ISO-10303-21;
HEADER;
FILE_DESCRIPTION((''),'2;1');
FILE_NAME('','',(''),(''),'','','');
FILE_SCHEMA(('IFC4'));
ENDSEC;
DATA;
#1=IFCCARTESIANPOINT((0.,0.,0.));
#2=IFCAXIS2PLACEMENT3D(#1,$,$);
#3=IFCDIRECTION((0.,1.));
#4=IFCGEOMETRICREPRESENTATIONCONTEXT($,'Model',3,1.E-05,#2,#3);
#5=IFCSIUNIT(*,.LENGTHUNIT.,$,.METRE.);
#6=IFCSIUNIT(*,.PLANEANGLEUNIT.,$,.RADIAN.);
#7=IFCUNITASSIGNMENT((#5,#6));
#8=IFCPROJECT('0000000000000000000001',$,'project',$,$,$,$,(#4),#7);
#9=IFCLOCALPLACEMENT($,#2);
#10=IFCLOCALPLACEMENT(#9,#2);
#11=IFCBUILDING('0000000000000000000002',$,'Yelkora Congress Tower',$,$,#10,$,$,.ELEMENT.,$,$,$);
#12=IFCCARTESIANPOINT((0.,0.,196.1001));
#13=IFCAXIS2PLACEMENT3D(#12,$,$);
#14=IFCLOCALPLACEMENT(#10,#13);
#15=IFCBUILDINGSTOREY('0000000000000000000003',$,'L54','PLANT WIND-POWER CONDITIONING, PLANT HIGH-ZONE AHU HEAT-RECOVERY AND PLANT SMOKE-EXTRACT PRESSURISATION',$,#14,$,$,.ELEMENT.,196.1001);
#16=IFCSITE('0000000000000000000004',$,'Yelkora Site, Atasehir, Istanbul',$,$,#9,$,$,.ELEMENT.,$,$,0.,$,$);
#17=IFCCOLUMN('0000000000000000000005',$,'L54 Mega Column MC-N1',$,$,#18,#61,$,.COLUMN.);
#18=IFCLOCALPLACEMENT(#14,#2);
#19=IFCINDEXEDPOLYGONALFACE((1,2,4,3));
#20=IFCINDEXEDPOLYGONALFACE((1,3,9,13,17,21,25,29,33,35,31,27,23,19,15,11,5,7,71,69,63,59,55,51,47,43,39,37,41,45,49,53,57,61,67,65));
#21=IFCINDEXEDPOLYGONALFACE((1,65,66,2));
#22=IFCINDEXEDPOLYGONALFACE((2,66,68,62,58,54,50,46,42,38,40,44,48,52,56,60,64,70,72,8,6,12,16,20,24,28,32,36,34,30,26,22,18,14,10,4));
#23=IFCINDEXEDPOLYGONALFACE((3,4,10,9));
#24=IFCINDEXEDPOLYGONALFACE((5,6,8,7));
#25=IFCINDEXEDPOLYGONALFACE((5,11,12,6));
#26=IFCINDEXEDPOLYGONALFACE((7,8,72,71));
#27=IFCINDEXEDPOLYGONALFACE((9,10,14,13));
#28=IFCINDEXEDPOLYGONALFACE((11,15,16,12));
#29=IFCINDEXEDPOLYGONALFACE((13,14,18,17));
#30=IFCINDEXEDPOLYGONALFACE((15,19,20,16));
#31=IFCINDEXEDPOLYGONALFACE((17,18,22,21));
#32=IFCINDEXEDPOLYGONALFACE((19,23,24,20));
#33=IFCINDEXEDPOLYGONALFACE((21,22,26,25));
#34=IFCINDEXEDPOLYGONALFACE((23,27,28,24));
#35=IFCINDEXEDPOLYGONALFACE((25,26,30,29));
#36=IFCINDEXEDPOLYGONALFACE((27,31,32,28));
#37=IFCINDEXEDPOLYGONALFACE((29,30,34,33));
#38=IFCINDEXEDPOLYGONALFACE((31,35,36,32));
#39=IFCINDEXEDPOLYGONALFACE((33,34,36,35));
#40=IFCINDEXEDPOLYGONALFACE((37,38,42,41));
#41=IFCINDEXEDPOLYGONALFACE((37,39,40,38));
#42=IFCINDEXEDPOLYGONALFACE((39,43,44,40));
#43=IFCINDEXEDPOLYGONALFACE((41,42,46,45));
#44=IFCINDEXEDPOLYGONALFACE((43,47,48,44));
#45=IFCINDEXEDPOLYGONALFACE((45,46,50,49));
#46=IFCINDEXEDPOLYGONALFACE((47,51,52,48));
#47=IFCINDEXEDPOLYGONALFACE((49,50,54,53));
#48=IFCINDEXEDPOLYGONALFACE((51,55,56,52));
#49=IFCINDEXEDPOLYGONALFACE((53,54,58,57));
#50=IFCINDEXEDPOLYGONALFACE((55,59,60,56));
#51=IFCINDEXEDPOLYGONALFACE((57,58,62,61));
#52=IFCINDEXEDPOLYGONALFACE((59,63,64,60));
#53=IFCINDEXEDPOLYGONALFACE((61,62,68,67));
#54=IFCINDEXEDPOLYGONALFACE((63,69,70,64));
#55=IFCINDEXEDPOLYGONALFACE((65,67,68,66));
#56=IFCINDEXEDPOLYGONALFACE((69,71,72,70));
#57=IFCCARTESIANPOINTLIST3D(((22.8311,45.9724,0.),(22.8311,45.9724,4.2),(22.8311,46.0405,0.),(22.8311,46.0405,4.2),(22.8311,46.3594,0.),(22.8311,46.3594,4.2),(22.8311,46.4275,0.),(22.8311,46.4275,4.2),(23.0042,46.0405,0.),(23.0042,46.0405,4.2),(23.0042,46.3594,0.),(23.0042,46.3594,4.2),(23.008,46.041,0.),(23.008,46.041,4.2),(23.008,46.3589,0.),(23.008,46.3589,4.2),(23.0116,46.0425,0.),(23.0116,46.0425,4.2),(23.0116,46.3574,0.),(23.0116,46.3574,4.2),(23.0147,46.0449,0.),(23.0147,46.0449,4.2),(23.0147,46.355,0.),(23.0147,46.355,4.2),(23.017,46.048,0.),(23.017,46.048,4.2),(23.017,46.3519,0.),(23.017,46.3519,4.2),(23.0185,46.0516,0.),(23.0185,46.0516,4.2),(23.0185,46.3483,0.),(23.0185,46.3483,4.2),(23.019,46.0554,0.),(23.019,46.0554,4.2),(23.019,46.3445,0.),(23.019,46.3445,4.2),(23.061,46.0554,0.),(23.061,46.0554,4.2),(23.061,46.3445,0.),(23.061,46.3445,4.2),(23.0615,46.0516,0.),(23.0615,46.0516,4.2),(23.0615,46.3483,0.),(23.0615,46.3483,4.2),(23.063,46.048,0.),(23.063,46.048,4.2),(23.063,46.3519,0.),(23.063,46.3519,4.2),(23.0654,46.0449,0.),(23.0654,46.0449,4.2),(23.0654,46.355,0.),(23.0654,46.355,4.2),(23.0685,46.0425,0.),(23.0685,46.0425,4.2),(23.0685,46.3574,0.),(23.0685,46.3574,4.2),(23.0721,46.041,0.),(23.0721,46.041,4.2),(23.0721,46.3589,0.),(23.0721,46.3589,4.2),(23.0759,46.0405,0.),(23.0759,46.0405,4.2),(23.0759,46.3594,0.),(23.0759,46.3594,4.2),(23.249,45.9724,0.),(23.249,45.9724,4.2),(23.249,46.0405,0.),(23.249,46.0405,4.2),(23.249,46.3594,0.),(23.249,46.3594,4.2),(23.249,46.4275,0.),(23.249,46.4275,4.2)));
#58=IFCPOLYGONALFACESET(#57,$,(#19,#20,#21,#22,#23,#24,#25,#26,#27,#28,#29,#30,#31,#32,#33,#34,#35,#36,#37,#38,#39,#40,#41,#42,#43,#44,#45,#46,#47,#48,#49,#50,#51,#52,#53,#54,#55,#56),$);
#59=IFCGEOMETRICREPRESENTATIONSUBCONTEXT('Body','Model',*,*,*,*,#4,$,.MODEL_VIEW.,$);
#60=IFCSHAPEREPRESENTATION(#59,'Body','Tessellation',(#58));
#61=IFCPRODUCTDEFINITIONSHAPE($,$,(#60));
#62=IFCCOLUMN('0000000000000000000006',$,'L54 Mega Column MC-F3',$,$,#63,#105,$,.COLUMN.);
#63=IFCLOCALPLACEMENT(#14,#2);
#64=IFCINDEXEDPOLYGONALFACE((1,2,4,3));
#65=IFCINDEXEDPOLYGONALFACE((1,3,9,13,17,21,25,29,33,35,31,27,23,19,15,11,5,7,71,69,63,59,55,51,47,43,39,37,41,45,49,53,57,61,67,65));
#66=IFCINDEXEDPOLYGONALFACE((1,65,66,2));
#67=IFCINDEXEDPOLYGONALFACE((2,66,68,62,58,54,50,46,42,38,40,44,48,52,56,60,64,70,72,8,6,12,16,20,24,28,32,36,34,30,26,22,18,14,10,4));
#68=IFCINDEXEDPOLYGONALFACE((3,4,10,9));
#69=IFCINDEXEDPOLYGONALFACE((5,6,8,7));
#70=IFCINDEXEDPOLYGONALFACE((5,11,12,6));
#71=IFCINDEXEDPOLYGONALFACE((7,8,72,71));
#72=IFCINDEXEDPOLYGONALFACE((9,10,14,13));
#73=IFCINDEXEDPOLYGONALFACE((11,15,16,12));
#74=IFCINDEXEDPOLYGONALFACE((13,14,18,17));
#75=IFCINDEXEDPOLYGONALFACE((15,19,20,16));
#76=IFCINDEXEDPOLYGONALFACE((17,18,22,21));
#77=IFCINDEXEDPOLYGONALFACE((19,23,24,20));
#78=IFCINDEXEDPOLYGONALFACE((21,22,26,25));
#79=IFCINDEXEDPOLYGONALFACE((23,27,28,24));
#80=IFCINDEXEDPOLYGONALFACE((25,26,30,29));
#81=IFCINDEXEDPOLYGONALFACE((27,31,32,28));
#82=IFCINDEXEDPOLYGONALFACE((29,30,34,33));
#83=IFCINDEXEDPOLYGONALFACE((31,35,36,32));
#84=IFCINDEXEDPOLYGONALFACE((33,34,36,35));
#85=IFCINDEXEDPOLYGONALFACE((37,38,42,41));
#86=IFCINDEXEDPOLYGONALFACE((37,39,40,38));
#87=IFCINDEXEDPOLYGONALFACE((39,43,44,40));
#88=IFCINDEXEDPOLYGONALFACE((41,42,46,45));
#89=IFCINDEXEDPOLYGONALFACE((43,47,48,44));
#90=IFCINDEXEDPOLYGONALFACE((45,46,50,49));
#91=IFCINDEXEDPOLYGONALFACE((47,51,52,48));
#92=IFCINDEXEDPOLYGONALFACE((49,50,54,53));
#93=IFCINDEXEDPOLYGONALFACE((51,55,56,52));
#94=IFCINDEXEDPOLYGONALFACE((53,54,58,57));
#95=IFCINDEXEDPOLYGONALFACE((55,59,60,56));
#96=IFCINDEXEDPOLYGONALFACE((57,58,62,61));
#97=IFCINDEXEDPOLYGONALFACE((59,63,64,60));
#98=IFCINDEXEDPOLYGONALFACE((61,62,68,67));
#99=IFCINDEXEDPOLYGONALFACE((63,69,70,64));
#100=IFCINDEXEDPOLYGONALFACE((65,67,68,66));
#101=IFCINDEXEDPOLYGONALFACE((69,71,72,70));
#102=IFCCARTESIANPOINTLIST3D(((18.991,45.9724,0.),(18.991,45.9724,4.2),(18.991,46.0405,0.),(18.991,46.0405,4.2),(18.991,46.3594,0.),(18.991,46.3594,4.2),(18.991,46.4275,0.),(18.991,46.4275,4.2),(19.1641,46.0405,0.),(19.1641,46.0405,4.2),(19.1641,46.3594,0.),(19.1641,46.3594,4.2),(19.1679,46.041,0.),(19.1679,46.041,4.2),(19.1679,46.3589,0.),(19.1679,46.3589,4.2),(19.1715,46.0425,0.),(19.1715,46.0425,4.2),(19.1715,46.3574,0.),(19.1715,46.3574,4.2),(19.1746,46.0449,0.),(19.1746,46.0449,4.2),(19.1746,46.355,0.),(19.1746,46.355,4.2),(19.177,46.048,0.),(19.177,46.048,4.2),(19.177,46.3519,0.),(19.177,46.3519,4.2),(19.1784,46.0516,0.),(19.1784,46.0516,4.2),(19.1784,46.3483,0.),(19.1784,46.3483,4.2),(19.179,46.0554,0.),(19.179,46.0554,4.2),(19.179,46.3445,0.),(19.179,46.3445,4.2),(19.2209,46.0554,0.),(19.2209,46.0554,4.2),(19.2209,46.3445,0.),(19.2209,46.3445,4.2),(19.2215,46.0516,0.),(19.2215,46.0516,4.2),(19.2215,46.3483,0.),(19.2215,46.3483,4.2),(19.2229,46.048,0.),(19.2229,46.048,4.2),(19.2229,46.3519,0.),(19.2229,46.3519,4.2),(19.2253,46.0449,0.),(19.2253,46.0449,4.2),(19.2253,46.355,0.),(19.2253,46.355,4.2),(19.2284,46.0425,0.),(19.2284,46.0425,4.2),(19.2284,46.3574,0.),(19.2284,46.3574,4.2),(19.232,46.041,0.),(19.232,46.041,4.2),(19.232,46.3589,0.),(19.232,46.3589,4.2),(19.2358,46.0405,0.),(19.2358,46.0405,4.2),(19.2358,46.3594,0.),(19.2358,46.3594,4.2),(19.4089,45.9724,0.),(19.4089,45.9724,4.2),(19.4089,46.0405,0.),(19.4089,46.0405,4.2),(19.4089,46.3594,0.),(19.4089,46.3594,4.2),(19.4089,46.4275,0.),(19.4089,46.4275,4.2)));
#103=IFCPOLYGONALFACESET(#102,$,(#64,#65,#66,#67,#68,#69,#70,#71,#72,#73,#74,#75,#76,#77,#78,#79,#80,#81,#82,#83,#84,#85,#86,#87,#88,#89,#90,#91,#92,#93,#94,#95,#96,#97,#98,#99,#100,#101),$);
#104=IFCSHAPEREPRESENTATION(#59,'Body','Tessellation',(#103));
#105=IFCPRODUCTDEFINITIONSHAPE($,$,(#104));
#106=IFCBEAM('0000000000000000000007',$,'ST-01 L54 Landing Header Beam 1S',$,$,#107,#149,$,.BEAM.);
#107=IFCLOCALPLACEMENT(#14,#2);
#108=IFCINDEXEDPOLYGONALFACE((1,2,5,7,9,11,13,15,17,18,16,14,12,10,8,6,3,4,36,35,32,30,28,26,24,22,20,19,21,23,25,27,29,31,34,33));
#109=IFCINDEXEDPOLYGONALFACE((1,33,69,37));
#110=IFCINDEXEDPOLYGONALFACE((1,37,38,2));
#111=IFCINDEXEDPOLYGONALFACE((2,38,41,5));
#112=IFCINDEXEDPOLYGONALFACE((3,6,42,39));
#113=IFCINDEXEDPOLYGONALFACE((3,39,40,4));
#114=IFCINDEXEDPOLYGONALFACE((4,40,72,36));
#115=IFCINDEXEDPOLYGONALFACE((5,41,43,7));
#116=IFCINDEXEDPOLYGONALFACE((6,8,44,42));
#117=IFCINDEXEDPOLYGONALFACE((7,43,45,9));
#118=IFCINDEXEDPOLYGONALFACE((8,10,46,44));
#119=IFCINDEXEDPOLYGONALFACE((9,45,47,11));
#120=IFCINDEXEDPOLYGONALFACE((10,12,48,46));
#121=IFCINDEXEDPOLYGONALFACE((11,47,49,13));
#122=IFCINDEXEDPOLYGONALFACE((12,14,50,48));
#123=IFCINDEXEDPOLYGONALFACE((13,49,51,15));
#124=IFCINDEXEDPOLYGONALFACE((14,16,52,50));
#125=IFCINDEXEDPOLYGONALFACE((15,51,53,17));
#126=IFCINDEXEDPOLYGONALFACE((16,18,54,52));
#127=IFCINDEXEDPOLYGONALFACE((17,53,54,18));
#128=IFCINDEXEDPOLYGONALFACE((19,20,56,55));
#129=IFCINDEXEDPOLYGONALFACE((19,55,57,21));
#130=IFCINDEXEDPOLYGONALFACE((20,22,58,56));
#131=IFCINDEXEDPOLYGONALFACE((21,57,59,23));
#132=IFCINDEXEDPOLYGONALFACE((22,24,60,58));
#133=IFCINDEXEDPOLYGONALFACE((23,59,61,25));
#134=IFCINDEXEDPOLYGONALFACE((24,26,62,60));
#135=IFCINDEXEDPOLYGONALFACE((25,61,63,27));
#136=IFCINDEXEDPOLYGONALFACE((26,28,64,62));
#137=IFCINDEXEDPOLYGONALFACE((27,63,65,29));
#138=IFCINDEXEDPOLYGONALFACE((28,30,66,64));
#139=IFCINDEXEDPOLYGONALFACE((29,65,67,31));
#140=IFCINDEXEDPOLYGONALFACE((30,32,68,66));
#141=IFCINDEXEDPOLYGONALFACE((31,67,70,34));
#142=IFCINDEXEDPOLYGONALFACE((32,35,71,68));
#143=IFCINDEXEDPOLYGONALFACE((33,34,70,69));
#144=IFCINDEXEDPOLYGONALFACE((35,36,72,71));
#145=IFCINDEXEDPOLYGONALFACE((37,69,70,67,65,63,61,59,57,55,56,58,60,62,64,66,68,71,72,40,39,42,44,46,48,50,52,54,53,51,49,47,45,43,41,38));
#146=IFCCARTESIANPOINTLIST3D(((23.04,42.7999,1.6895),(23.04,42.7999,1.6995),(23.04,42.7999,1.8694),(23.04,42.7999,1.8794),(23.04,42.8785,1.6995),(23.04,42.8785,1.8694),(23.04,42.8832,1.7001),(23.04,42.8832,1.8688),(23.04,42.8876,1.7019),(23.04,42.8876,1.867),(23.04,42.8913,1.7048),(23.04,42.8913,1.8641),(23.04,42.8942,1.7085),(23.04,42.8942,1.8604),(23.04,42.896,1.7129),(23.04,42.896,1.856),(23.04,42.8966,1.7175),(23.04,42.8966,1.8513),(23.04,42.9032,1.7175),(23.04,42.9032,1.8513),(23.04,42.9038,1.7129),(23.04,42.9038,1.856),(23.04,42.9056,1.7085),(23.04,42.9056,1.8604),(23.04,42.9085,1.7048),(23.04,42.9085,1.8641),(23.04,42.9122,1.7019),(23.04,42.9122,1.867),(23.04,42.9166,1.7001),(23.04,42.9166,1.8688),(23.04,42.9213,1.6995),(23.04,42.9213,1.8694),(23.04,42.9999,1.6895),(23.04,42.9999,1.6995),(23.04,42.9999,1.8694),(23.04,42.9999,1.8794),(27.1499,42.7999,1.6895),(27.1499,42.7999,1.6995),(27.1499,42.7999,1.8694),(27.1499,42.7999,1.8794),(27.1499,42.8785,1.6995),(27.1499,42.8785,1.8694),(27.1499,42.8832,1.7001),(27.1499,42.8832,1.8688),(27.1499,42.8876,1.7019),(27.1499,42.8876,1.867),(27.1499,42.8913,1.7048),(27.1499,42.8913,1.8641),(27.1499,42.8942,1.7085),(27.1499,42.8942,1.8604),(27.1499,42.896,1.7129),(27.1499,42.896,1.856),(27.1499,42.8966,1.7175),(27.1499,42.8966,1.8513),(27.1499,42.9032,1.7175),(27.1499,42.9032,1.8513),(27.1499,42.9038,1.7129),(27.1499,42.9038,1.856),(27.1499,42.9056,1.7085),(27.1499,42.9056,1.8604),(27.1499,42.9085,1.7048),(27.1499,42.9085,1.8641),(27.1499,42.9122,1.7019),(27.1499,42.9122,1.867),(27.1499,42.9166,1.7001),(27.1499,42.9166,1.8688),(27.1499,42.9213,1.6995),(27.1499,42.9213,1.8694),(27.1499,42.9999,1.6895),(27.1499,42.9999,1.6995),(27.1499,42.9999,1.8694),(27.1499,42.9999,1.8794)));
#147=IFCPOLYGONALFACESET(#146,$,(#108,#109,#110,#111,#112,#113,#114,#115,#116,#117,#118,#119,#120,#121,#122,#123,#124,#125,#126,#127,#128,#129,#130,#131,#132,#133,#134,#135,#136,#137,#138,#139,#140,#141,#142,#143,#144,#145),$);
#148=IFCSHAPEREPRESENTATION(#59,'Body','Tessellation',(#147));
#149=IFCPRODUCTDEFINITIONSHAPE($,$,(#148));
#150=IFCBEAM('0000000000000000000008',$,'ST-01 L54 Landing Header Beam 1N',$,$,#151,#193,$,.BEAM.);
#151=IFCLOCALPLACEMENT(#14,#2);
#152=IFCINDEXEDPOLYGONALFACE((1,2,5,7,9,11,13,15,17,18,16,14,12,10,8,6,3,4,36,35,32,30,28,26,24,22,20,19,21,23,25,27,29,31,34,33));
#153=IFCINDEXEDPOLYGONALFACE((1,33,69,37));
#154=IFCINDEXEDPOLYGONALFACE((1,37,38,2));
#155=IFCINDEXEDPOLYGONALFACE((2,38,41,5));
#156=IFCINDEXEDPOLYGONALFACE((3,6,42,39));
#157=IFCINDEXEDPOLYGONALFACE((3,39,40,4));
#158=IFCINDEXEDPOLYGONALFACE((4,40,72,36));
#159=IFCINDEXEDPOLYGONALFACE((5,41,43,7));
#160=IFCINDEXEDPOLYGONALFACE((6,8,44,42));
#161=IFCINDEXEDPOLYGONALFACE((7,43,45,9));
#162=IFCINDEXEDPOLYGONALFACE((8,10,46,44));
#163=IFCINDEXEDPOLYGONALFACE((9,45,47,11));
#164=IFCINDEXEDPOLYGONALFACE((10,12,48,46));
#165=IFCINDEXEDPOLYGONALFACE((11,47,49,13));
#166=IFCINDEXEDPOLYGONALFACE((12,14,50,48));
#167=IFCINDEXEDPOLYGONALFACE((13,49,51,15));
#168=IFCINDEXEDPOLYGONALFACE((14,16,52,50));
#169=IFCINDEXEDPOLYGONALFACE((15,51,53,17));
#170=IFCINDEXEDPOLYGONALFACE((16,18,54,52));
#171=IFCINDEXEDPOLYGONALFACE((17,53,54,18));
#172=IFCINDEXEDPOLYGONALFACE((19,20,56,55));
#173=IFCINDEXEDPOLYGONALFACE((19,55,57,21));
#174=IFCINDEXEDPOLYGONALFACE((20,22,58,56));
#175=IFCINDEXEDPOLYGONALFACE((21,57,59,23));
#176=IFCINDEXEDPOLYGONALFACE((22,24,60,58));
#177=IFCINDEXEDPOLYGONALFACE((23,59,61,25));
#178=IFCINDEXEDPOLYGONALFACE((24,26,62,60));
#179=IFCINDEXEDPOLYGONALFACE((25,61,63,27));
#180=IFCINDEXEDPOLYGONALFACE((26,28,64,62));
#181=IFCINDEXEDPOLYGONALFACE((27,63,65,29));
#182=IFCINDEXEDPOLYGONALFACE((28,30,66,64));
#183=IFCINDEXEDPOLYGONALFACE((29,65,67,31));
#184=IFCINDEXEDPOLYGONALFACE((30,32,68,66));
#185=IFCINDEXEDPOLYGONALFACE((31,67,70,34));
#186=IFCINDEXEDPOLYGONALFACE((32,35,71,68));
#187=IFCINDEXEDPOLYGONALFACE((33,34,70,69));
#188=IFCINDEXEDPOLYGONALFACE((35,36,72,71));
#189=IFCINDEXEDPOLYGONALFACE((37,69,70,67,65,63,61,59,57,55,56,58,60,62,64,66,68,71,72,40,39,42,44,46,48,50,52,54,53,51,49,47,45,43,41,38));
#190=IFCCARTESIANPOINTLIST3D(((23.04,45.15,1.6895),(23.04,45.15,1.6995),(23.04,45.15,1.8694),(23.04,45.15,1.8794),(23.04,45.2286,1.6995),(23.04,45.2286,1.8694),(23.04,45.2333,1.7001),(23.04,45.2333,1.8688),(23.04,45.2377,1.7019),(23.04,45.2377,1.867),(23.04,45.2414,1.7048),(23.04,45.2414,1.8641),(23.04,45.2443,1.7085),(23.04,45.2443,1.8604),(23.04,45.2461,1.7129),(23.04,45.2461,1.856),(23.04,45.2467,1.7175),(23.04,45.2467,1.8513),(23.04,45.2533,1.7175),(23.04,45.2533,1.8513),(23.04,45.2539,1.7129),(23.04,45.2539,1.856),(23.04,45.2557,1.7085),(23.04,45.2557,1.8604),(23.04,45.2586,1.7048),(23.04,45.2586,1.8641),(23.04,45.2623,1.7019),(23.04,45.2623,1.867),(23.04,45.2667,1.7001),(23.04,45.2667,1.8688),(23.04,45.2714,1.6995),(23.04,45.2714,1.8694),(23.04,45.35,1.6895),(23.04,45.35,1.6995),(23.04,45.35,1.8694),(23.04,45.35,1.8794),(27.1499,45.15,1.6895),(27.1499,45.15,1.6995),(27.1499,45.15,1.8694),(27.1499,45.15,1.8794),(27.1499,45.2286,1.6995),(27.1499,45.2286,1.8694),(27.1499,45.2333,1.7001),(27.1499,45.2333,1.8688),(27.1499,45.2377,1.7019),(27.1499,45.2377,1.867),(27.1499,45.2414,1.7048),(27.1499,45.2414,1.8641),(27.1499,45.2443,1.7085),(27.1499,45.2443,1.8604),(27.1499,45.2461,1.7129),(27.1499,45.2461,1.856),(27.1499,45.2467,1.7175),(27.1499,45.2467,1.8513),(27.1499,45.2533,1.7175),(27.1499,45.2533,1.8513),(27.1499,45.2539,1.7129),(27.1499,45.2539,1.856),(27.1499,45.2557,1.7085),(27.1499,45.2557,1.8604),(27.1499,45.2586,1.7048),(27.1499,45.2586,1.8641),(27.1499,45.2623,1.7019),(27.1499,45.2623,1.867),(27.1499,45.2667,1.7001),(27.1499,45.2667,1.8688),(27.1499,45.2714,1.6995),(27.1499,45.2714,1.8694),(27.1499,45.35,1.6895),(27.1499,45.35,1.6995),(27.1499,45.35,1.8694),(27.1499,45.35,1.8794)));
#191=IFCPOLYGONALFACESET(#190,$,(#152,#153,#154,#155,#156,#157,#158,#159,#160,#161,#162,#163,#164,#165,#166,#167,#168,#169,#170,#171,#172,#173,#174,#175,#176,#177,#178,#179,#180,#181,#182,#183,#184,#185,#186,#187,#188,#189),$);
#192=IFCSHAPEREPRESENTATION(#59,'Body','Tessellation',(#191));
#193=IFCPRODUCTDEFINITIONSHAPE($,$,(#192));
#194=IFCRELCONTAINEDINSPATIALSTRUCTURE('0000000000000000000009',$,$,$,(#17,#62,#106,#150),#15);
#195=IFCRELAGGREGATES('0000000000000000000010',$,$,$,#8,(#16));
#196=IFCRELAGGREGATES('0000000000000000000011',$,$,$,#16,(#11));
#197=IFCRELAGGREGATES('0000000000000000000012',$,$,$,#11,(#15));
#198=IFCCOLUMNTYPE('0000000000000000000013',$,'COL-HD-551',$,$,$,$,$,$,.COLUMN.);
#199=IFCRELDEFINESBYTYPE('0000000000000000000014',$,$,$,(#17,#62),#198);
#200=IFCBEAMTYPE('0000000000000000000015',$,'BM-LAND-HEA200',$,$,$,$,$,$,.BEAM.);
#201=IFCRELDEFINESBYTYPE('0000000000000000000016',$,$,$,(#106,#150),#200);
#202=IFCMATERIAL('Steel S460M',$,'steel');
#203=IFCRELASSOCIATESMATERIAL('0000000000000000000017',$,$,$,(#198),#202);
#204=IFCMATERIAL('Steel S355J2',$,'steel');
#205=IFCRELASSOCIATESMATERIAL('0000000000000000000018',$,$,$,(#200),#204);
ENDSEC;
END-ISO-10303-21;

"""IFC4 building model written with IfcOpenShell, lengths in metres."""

from ifc_helpers import new_model, si_unit, direction, frame, origin, origin_2d, place, context, subcontext, project, spatial, i_section, extrude, material, material_profile, profile_set, type_object, element, save


model = new_model("IFC4")

# Units and contexts
model_context = context("Model", 3, precision=1e-05, world=origin(), true_north=direction((0.0, 1.0)))
body_context = subcontext(model_context, "Body", "Model", "MODEL_VIEW")
ifc_project = project(units=[si_unit("LENGTHUNIT", "METRE"), si_unit("PLANEANGLEUNIT", "RADIAN")], contexts=[model_context])

# Site, building, storey
site_placement = place(None, origin())
site = spatial("IfcSite", under=ifc_project, at=site_placement, Name="Yelkora Site, Atasehir, Istanbul", CompositionType="ELEMENT", RefElevation=0.0)
building_placement = place(site_placement, origin())
building = spatial("IfcBuilding", under=site, at=building_placement, Name="Yelkora Congress Tower", CompositionType="ELEMENT")
storey_placement = place(building_placement, frame((0.0, 0.0, 196.1001)))
storey = spatial("IfcBuildingStorey", under=building, at=storey_placement, Name="L54", Description="PLANT WIND-POWER CONDITIONING, PLANT HIGH-ZONE AHU HEAT-RECOVERY AND PLANT SMOKE-EXTRACT PRESSURISATION", CompositionType="ELEMENT", Elevation=196.1001)

# Columns
ifc_material_1 = material(Name="Steel S460M", Category="steel")
ifc_material_profile_1 = material_profile(ifc_material_1, i_section(OverallWidth=0.418, OverallDepth=0.4551, WebThickness=0.042, FlangeThickness=0.0681, FilletRadius=0.0149, at=origin_2d()), Name="HD 400x551")
ifc_profile_set_1 = profile_set([ifc_material_profile_1], Name="Steel S460M")
column_type = type_object("IfcColumnType", Name="COL-HD-551", PredefinedType="COLUMN", material=ifc_profile_set_1)
for number, where, z_axis, x_axis, name in (
    (1, (23.04, 46.2, 0.0), (0.0, 0.0, 1.0), (1.0, 0.0, 0.0), "L54 Mega Column MC-N1"),
    (2, (19.2, 46.2, 0.0), (0.0, 0.0, 1.0), (1.0, 0.0, 0.0), "L54 Mega Column MC-F3"),
):
    element("IfcColumn", number, at=place(storey_placement, frame(where, z_axis=z_axis, x_axis=x_axis)), inside=storey, type_object=column_type, Name=name, PredefinedType="COLUMN", context=body_context, shape_type="SweptSolid", body=[
        extrude(i_section(OverallWidth=0.418, OverallDepth=0.4551, WebThickness=0.042, FlangeThickness=0.0681, FilletRadius=0.0149, at=origin_2d()), origin(), (0.0, 0.0, 1.0), 4.2),
    ])

# Beams
ifc_material_2 = material(Name="Steel S355J2", Category="steel")
ifc_material_profile_2 = material_profile(ifc_material_2, i_section(OverallWidth=0.2, OverallDepth=0.1899, WebThickness=0.0066, FlangeThickness=0.01, FilletRadius=0.0181, at=origin_2d()), Name="HEA 200")
ifc_profile_set_2 = profile_set([ifc_material_profile_2], Name="Steel S355J2")
beam_type = type_object("IfcBeamType", Name="BM-LAND-HEA200", PredefinedType="BEAM", material=ifc_profile_set_2)
for number, where, z_axis, x_axis, name in (
    (3, (23.04, 42.8999, 1.7844), (1.0, 0.0, 0.0), (0.0, 1.0, 0.0), "ST-01 L54 Landing Header Beam 1S"),
    (4, (23.04, 45.25, 1.7844), (1.0, 0.0, 0.0), (0.0, 1.0, 0.0), "ST-01 L54 Landing Header Beam 1N"),
):
    element("IfcBeam", number, at=place(storey_placement, frame(where, z_axis=z_axis, x_axis=x_axis)), inside=storey, type_object=beam_type, Name=name, PredefinedType="BEAM", context=body_context, shape_type="SweptSolid", body=[
        extrude(i_section(OverallWidth=0.2, OverallDepth=0.1899, WebThickness=0.0066, FlangeThickness=0.01, FilletRadius=0.0181, at=origin_2d()), origin(), (0.0, 0.0, 1.0), 4.1099),
    ])

save(model, "model.ifc")
